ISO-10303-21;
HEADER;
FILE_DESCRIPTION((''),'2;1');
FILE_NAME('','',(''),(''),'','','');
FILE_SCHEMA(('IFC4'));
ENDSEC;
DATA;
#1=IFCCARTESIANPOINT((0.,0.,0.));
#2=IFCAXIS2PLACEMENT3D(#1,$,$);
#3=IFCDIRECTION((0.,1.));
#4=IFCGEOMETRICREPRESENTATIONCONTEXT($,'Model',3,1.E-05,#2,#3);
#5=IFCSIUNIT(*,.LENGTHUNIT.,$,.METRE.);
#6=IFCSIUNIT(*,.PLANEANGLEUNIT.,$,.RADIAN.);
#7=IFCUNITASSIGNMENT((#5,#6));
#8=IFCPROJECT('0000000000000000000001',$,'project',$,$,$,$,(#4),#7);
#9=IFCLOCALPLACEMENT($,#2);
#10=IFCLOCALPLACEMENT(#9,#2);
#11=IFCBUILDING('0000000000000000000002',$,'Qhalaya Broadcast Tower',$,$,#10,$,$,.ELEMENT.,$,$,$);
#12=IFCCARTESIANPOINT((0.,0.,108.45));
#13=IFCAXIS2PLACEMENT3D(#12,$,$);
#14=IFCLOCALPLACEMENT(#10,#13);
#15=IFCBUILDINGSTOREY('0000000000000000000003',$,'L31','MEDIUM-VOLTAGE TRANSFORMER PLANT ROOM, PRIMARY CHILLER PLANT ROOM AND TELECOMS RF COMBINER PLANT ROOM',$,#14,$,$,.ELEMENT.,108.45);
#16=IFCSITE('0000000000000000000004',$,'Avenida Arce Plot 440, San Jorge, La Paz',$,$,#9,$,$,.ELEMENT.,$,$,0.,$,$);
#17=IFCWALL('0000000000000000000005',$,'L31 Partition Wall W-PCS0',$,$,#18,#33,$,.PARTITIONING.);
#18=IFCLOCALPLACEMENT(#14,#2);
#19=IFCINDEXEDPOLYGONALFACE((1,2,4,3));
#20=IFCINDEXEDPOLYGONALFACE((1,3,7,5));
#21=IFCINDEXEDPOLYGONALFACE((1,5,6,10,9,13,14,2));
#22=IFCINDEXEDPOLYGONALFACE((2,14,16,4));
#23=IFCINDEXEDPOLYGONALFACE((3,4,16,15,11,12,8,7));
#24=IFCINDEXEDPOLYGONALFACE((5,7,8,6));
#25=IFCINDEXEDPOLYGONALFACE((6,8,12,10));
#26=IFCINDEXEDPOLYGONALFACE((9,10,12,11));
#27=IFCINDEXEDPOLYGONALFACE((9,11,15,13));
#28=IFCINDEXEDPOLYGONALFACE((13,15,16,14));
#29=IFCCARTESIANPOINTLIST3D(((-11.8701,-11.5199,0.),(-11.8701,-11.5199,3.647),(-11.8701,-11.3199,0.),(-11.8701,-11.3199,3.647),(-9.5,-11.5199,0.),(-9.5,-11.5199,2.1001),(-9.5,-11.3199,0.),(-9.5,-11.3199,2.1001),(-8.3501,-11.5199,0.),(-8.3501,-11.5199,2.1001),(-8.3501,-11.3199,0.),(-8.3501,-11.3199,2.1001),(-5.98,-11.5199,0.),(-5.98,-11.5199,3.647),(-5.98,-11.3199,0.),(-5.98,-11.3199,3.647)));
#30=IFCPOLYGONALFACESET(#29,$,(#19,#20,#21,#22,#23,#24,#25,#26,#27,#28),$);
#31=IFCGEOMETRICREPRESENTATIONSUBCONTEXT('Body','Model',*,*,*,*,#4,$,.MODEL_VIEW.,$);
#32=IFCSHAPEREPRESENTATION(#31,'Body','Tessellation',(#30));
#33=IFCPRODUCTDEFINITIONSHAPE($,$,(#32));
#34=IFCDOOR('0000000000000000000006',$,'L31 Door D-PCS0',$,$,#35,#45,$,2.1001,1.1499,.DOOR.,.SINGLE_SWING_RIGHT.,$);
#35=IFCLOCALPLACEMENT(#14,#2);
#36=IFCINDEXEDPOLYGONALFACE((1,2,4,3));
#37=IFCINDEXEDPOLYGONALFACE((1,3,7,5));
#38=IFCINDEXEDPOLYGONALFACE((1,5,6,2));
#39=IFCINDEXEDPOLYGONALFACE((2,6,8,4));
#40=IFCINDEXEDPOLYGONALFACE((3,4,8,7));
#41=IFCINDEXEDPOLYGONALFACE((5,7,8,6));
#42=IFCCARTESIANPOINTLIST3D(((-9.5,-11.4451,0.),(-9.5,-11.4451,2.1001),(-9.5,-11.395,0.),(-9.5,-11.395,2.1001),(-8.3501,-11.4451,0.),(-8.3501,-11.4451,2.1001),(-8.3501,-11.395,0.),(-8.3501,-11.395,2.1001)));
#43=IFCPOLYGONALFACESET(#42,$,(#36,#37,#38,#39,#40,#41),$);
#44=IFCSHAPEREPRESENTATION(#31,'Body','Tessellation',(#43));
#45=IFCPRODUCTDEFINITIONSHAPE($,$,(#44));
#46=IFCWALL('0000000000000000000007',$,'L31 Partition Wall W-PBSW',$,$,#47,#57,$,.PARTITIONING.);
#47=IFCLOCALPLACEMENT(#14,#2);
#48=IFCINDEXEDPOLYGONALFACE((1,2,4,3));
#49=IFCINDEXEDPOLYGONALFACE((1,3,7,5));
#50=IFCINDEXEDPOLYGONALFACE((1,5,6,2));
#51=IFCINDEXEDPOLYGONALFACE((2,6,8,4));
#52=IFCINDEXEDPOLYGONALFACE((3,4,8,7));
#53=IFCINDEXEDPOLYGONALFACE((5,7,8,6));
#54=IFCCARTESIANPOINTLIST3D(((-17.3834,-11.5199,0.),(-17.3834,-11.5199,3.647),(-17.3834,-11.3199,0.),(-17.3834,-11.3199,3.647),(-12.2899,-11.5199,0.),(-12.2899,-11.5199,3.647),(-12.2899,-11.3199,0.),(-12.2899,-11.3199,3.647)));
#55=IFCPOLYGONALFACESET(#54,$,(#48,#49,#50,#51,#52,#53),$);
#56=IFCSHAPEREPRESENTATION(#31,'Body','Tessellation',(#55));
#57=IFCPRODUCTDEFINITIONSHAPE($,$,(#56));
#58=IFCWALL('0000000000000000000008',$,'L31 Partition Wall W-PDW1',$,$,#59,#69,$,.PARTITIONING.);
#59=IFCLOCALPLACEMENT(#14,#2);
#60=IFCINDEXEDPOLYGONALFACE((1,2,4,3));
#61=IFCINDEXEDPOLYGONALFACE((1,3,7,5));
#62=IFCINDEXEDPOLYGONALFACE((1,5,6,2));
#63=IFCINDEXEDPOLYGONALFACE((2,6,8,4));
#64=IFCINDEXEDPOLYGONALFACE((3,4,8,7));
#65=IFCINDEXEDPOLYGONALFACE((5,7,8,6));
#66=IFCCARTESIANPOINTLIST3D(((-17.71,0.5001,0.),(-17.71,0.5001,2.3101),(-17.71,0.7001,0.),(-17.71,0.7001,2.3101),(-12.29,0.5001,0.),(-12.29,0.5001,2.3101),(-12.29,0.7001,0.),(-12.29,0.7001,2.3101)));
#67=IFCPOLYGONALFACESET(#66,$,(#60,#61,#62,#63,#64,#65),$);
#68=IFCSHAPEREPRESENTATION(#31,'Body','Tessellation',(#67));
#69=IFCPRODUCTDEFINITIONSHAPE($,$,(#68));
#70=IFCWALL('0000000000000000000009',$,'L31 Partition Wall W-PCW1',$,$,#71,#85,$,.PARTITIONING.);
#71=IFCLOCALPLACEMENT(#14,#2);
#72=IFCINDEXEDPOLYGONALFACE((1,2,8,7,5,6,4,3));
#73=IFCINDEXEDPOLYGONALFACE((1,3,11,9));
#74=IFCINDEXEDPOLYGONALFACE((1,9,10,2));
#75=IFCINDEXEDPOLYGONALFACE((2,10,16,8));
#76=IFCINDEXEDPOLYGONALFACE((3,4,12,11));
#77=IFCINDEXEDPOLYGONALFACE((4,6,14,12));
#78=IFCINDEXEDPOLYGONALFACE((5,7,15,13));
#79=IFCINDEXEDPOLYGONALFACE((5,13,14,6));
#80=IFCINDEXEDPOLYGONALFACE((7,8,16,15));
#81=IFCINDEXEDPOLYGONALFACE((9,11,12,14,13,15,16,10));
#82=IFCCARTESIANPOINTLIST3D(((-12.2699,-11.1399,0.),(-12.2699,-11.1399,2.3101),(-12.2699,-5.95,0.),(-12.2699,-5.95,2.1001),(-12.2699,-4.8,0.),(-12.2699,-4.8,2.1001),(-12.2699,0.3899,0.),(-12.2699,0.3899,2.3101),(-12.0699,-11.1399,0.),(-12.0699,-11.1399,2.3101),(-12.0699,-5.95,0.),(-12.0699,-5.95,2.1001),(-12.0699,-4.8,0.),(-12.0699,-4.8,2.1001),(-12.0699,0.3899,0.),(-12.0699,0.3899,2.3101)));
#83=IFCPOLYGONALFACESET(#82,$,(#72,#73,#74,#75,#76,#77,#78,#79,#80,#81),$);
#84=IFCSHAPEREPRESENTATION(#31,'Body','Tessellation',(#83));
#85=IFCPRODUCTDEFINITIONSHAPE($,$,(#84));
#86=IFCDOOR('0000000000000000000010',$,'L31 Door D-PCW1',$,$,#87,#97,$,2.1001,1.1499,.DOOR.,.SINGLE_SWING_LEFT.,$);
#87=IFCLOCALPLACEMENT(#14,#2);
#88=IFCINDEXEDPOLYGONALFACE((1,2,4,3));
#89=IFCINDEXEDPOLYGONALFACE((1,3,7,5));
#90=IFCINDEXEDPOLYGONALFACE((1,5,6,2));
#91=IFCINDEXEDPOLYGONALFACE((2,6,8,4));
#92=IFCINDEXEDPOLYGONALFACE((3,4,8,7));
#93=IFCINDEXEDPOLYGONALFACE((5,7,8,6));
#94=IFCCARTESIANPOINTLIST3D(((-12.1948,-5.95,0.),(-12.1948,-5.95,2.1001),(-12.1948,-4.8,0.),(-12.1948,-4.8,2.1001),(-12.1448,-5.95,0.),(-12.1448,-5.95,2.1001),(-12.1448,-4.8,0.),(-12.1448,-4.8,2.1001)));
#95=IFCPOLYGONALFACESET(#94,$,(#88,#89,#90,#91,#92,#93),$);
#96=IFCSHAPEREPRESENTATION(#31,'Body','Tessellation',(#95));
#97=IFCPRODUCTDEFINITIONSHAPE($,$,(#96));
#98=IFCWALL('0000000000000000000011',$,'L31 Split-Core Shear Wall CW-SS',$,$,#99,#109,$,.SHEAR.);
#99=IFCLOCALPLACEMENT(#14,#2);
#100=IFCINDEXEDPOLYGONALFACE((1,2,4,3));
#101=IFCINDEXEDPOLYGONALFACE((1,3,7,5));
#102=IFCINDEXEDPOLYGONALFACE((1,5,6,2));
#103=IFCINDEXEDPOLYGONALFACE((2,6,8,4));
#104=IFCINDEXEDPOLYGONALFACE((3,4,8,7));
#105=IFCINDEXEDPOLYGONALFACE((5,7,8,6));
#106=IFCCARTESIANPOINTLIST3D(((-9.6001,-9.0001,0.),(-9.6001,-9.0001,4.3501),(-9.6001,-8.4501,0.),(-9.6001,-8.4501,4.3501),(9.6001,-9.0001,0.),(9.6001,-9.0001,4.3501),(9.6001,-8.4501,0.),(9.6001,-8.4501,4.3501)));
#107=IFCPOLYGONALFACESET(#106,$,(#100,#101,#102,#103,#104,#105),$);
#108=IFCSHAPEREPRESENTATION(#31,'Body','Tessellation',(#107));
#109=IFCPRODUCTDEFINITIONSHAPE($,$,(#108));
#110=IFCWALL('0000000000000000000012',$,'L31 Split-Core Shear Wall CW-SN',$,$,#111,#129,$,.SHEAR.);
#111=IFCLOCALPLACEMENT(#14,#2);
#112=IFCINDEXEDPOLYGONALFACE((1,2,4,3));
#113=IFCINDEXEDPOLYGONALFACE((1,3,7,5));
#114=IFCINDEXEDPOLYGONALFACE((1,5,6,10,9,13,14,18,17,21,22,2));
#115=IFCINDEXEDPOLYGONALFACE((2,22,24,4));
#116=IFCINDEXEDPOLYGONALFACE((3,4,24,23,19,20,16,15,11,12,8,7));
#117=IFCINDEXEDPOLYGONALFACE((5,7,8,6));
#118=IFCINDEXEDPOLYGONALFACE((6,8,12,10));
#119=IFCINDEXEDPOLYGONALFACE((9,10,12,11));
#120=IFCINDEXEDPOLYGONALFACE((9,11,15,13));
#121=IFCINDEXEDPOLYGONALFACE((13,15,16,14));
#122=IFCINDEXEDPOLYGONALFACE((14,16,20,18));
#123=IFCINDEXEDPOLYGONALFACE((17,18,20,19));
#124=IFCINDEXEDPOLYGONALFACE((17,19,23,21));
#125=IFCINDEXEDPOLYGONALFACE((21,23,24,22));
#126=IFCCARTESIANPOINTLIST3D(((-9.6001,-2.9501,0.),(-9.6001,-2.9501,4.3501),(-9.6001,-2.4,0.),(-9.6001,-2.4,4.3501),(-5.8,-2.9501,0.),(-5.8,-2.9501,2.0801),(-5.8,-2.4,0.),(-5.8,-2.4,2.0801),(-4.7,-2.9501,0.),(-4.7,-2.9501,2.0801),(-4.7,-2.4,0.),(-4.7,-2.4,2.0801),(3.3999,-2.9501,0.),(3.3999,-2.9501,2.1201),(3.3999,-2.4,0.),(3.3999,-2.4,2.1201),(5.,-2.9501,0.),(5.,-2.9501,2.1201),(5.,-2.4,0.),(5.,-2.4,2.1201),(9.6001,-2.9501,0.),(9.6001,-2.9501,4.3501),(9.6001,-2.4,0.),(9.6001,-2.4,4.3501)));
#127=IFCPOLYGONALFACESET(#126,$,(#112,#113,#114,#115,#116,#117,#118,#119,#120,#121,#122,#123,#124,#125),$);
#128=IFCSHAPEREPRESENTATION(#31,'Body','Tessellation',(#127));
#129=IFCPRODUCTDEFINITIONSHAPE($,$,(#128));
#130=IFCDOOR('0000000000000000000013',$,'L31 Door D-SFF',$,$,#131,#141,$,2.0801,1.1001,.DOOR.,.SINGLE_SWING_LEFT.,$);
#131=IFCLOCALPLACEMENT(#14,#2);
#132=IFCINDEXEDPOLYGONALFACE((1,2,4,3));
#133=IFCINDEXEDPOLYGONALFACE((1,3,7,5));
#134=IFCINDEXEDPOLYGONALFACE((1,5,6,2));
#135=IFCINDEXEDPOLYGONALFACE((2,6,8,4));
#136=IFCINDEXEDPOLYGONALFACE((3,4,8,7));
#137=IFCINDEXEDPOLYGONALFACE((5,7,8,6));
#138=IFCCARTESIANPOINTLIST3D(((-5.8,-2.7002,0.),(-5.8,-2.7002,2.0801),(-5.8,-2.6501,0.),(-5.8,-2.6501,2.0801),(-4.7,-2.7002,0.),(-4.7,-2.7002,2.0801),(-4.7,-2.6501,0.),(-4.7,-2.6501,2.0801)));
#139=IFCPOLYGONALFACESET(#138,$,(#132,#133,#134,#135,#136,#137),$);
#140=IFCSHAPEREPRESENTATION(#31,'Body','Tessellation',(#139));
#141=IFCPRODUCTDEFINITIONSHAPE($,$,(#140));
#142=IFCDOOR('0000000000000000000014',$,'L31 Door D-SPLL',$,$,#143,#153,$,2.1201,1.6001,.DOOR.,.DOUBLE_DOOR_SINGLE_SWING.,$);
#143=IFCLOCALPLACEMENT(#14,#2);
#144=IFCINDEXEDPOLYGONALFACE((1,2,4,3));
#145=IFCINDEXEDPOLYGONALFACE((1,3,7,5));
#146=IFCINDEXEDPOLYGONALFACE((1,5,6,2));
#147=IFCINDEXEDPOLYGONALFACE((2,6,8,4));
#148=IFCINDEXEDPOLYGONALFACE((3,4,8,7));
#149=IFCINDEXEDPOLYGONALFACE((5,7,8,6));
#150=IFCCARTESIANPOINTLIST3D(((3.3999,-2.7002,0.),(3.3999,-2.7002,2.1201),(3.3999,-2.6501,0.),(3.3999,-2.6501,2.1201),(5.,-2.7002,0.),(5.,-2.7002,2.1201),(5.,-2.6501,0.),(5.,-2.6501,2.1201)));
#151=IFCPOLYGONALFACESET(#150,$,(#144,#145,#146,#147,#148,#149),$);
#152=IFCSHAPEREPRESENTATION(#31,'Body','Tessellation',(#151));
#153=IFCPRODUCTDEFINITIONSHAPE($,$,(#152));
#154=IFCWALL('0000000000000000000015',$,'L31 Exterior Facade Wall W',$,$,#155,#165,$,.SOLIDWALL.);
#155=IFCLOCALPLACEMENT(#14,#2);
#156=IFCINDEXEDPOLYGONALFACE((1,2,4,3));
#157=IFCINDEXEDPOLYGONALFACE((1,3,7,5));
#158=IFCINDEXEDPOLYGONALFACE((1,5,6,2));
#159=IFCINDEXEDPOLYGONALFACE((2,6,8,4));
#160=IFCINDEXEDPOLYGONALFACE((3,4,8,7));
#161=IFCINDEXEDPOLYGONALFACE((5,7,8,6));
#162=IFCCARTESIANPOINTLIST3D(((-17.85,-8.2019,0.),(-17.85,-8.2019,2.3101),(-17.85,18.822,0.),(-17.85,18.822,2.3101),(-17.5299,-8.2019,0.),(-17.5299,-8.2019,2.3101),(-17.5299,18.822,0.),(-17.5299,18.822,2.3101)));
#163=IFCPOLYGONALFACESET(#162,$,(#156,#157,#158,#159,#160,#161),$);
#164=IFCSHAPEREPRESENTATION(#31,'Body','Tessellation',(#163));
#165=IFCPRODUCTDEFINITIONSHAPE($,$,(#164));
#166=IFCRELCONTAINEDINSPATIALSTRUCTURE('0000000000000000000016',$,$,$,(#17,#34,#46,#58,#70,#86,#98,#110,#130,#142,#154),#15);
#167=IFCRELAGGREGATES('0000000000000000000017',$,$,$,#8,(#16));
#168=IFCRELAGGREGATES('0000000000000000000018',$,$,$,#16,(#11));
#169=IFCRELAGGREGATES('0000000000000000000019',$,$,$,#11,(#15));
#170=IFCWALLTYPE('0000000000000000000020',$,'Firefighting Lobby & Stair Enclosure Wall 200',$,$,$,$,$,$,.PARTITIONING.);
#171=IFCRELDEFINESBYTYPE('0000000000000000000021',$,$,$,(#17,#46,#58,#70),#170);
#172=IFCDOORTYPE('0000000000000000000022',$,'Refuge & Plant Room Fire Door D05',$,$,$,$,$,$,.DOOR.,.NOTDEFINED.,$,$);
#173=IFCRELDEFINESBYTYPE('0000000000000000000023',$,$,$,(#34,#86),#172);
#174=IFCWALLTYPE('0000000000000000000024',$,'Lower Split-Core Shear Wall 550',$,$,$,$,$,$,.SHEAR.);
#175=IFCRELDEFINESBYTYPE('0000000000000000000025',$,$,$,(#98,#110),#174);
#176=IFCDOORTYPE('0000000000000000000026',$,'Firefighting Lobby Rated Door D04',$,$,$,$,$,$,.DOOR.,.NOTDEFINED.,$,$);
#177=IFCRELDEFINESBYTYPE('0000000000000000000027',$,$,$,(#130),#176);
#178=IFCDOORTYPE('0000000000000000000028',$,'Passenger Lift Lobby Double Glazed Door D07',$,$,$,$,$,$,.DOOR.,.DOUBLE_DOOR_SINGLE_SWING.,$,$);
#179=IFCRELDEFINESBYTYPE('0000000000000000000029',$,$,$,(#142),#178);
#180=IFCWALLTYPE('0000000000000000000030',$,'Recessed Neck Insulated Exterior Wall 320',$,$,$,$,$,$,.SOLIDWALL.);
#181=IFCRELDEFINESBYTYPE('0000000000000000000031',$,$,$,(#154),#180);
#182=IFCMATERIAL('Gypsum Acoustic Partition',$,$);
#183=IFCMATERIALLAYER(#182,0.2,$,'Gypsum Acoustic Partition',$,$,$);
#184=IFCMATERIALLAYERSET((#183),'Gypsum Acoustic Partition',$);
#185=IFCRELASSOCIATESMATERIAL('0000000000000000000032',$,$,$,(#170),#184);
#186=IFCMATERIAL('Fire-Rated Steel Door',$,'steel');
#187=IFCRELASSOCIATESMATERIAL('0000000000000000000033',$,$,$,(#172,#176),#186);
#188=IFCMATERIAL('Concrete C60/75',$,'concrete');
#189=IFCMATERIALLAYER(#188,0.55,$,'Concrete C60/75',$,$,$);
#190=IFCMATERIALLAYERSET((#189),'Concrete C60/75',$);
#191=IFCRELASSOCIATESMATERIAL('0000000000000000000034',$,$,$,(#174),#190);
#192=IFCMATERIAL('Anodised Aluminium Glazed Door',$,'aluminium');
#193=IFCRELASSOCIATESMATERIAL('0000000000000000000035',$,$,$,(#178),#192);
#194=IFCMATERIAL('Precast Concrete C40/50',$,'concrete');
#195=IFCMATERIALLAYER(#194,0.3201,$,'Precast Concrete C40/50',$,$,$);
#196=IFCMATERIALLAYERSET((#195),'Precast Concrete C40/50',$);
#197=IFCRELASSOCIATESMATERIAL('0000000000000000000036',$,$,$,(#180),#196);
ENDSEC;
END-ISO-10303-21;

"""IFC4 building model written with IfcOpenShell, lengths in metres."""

from ifc_helpers import new_model, si_unit, direction, frame, frame_2d, origin, place, context, subcontext, project, spatial, rectangle, extrude, material, layer, layer_set, type_object, element, fill, save


model = new_model("IFC4")

# Units and contexts
model_context = context("Model", 3, precision=1e-05, world=origin(), true_north=direction((0.0, 1.0)))
body_context = subcontext(model_context, "Body", "Model", "MODEL_VIEW")
ifc_project = project(units=[si_unit("LENGTHUNIT", "METRE"), si_unit("PLANEANGLEUNIT", "RADIAN")], contexts=[model_context])

# Site, building, storey
site_placement = place(None, origin())
site = spatial("IfcSite", under=ifc_project, at=site_placement, Name="Avenida Arce Plot 440, San Jorge, La Paz", CompositionType="ELEMENT", RefElevation=0.0)
building_placement = place(site_placement, origin())
building = spatial("IfcBuilding", under=site, at=building_placement, Name="Qhalaya Broadcast Tower", CompositionType="ELEMENT")
storey_placement = place(building_placement, frame((0.0, 0.0, 108.45)))
storey = spatial("IfcBuildingStorey", under=building, at=storey_placement, Name="L31", Description="MEDIUM-VOLTAGE TRANSFORMER PLANT ROOM, PRIMARY CHILLER PLANT ROOM AND TELECOMS RF COMBINER PLANT ROOM", CompositionType="ELEMENT", Elevation=108.45)

# Wall, opening, door
ifc_material_1 = material(Name="Gypsum Acoustic Partition")
ifc_layer_1 = layer(ifc_material_1, 0.2, Name="Gypsum Acoustic Partition")
ifc_layer_set_1 = layer_set([ifc_layer_1], Name="Gypsum Acoustic Partition")
wall_type_1 = type_object("IfcWallType", Name="Firefighting Lobby & Stair Enclosure Wall 200", PredefinedType="PARTITIONING", material=ifc_layer_set_1)
wall_1_placement = place(storey_placement, frame((-11.8701, -11.4199, 0.0), z_axis=(0.0, 0.0, 1.0), x_axis=(1.0, 0.0, 0.0)))
wall_1 = element("IfcWall", 1, at=wall_1_placement, inside=storey, type_object=wall_type_1, Name="L31 Partition Wall W-PCS0", PredefinedType="PARTITIONING", context=body_context, shape_type="SweptSolid", body=[
    extrude(rectangle(XDim=5.8901, YDim=0.2, at=frame_2d((2.9451, 0.0))), origin(), (0.0, 0.0, 1.0), 3.647),
])
opening_1_placement = place(wall_1_placement, frame((2.3701, 0.0, 0.0)))
opening_1 = element("IfcOpeningElement", 2, at=opening_1_placement, cuts=wall_1, PredefinedType="OPENING", context=body_context, shape_type="SweptSolid", body=[
    extrude(rectangle(XDim=1.1499, YDim=2.1001, at=frame_2d((0.575, 1.05))), frame((0.0, 0.1121, 0.0), z_axis=(0.0, -1.0, 0.0), x_axis=(1.0, 0.0, 0.0)), (0.0, 0.0, 1.0), 0.2239),
])
ifc_material_2 = material(Name="Fire-Rated Steel Door", Category="steel")
door_type_1 = type_object("IfcDoorType", Name="Refuge & Plant Room Fire Door D05", OperationType="NOTDEFINED", PredefinedType="DOOR", material=ifc_material_2)
door_1_placement = place(opening_1_placement, origin())
door_1 = element("IfcDoor", 3, at=door_1_placement, inside=storey, type_object=door_type_1, Name="L31 Door D-PCS0", OperationType="SINGLE_SWING_RIGHT", OverallHeight=2.1001, OverallWidth=1.1499, PredefinedType="DOOR", context=body_context, shape_type="SweptSolid", body=[
    extrude(rectangle(XDim=1.1499, YDim=2.1001, at=frame_2d((0.575, 1.05))), frame((0.0, 0.0249, 0.0), z_axis=(0.0, -1.0, 0.0), x_axis=(1.0, 0.0, 0.0)), (0.0, 0.0, 1.0), 0.05),
])
fill(opening_1, door_1)

# Walls
wall_2_placement = place(storey_placement, frame((-17.3835, -11.4199, 0.0), z_axis=(0.0, 0.0, 1.0), x_axis=(1.0, 0.0, 0.0)))
element("IfcWall", 4, at=wall_2_placement, inside=storey, type_object=wall_type_1, Name="L31 Partition Wall W-PBSW", PredefinedType="PARTITIONING", context=body_context, shape_type="SweptSolid", body=[
    extrude(rectangle(XDim=5.0935, YDim=0.2, at=frame_2d((2.5469, 0.0))), origin(), (0.0, 0.0, 1.0), 3.647),
])
wall_3_placement = place(storey_placement, frame((-17.71, 0.6001, 0.0), z_axis=(0.0, 0.0, 1.0), x_axis=(1.0, 0.0, 0.0)))
element("IfcWall", 5, at=wall_3_placement, inside=storey, type_object=wall_type_1, Name="L31 Partition Wall W-PDW1", PredefinedType="PARTITIONING", context=body_context, shape_type="SweptSolid", body=[
    extrude(rectangle(XDim=5.4199, YDim=0.2, at=frame_2d((2.71, 0.0))), origin(), (0.0, 0.0, 1.0), 2.3101),
])

# Wall, opening, door
wall_4_placement = place(storey_placement, frame((-12.1699, -11.1399, 0.0), z_axis=(0.0, 0.0, 1.0), x_axis=(0.0, 1.0, 0.0)))
wall_4 = element("IfcWall", 6, at=wall_4_placement, inside=storey, type_object=wall_type_1, Name="L31 Partition Wall W-PCW1", PredefinedType="PARTITIONING", context=body_context, shape_type="SweptSolid", body=[
    extrude(rectangle(XDim=11.5298, YDim=0.2, at=frame_2d((5.7649, 0.0))), origin(), (0.0, 0.0, 1.0), 2.3101),
])
opening_2_placement = place(wall_4_placement, frame((5.1899, 0.0, 0.0)))
opening_2 = element("IfcOpeningElement", 7, at=opening_2_placement, cuts=wall_4, PredefinedType="OPENING", context=body_context, shape_type="SweptSolid", body=[
    extrude(rectangle(XDim=1.1499, YDim=2.1001, at=frame_2d((0.575, 1.05))), frame((0.0, 0.1121, 0.0), z_axis=(0.0, -1.0, 0.0), x_axis=(1.0, 0.0, 0.0)), (0.0, 0.0, 1.0), 0.2239),
])
door_2_placement = place(opening_2_placement, origin())
door_2 = element("IfcDoor", 8, at=door_2_placement, inside=storey, type_object=door_type_1, Name="L31 Door D-PCW1", OperationType="SINGLE_SWING_LEFT", OverallHeight=2.1001, OverallWidth=1.1499, PredefinedType="DOOR", context=body_context, shape_type="SweptSolid", body=[
    extrude(rectangle(XDim=1.1499, YDim=2.1001, at=frame_2d((0.575, 1.05))), frame((0.0, 0.0249, 0.0), z_axis=(0.0, -1.0, 0.0), x_axis=(1.0, 0.0, 0.0)), (0.0, 0.0, 1.0), 0.05),
])
fill(opening_2, door_2)

# Wall
ifc_material_3 = material(Name="Concrete C60/75", Category="concrete")
ifc_layer_2 = layer(ifc_material_3, 0.55, Name="Concrete C60/75")
ifc_layer_set_2 = layer_set([ifc_layer_2], Name="Concrete C60/75")
wall_type_2 = type_object("IfcWallType", Name="Lower Split-Core Shear Wall 550", PredefinedType="SHEAR", material=ifc_layer_set_2)
wall_5_placement = place(storey_placement, frame((-9.6001, -8.7251, 0.0), z_axis=(0.0, 0.0, 1.0), x_axis=(1.0, 0.0, 0.0)))
element("IfcWall", 9, at=wall_5_placement, inside=storey, type_object=wall_type_2, Name="L31 Split-Core Shear Wall CW-SS", PredefinedType="SHEAR", context=body_context, shape_type="SweptSolid", body=[
    extrude(rectangle(XDim=19.2002, YDim=0.55, at=frame_2d((9.6001, 0.0))), origin(), (0.0, 0.0, 1.0), 4.3501),
])

# Wall, openings, doors
wall_6_placement = place(storey_placement, frame((-9.6001, -2.675, 0.0), z_axis=(0.0, 0.0, 1.0), x_axis=(1.0, 0.0, 0.0)))
wall_6 = element("IfcWall", 10, at=wall_6_placement, inside=storey, type_object=wall_type_2, Name="L31 Split-Core Shear Wall CW-SN", PredefinedType="SHEAR", context=body_context, shape_type="SweptSolid", body=[
    extrude(rectangle(XDim=19.2002, YDim=0.55, at=frame_2d((9.6001, 0.0))), origin(), (0.0, 0.0, 1.0), 4.3501),
])
opening_3_placement = place(wall_6_placement, frame((3.8, 0.0, 0.0)))
opening_3 = element("IfcOpeningElement", 11, at=opening_3_placement, cuts=wall_6, PredefinedType="OPENING", context=body_context, shape_type="SweptSolid", body=[
    extrude(rectangle(XDim=1.1001, YDim=2.0801, at=frame_2d((0.55, 1.04))), frame((0.0, 0.2871, 0.0), z_axis=(0.0, -1.0, 0.0), x_axis=(1.0, 0.0, 0.0)), (0.0, 0.0, 1.0), 0.574),
])
opening_4_placement = place(wall_6_placement, frame((13.0, 0.0, 0.0)))
opening_4 = element("IfcOpeningElement", 12, at=opening_4_placement, cuts=wall_6, PredefinedType="OPENING", context=body_context, shape_type="SweptSolid", body=[
    extrude(rectangle(XDim=1.6001, YDim=2.1201, at=frame_2d((0.8, 1.0601))), frame((0.0, 0.2871, 0.0), z_axis=(0.0, -1.0, 0.0), x_axis=(1.0, 0.0, 0.0)), (0.0, 0.0, 1.0), 0.574),
])
door_type_2 = type_object("IfcDoorType", Name="Firefighting Lobby Rated Door D04", OperationType="NOTDEFINED", PredefinedType="DOOR", material=ifc_material_2)
door_3_placement = place(opening_3_placement, origin())
door_3 = element("IfcDoor", 13, at=door_3_placement, inside=storey, type_object=door_type_2, Name="L31 Door D-SFF", OperationType="SINGLE_SWING_LEFT", OverallHeight=2.0801, OverallWidth=1.1001, PredefinedType="DOOR", context=body_context, shape_type="SweptSolid", body=[
    extrude(rectangle(XDim=1.1001, YDim=2.0801, at=frame_2d((0.55, 1.04))), frame((0.0, 0.0249, 0.0), z_axis=(0.0, -1.0, 0.0), x_axis=(1.0, 0.0, 0.0)), (0.0, 0.0, 1.0), 0.05),
])
fill(opening_3, door_3)
ifc_material_4 = material(Name="Anodised Aluminium Glazed Door", Category="aluminium")
door_type_3 = type_object("IfcDoorType", Name="Passenger Lift Lobby Double Glazed Door D07", OperationType="DOUBLE_DOOR_SINGLE_SWING", PredefinedType="DOOR", material=ifc_material_4)
door_4_placement = place(opening_4_placement, origin())
door_4 = element("IfcDoor", 14, at=door_4_placement, inside=storey, type_object=door_type_3, Name="L31 Door D-SPLL", OperationType="DOUBLE_DOOR_SINGLE_SWING", OverallHeight=2.1201, OverallWidth=1.6001, PredefinedType="DOOR", context=body_context, shape_type="SweptSolid", body=[
    extrude(rectangle(XDim=1.6001, YDim=2.1201, at=frame_2d((0.8, 1.0601))), frame((0.0, 0.0249, 0.0), z_axis=(0.0, -1.0, 0.0), x_axis=(1.0, 0.0, 0.0)), (0.0, 0.0, 1.0), 0.05),
])
fill(opening_4, door_4)

# Wall
ifc_material_5 = material(Name="Precast Concrete C40/50", Category="concrete")
ifc_layer_3 = layer(ifc_material_5, 0.3201, Name="Precast Concrete C40/50")
ifc_layer_set_3 = layer_set([ifc_layer_3], Name="Precast Concrete C40/50")
wall_type_3 = type_object("IfcWallType", Name="Recessed Neck Insulated Exterior Wall 320", PredefinedType="SOLIDWALL", material=ifc_layer_set_3)
wall_7_placement = place(storey_placement, frame((-17.6899, -8.2019, 0.0), z_axis=(0.0, 0.0, 1.0), x_axis=(0.0, 1.0, 0.0)))
element("IfcWall", 15, at=wall_7_placement, inside=storey, type_object=wall_type_3, Name="L31 Exterior Facade Wall W", PredefinedType="SOLIDWALL", context=body_context, shape_type="SweptSolid", body=[
    extrude(rectangle(XDim=27.0239, YDim=0.3201, at=frame_2d((13.512, 0.0))), origin(), (0.0, 0.0, 1.0), 2.3101),
])

save(model, "model.ifc")
